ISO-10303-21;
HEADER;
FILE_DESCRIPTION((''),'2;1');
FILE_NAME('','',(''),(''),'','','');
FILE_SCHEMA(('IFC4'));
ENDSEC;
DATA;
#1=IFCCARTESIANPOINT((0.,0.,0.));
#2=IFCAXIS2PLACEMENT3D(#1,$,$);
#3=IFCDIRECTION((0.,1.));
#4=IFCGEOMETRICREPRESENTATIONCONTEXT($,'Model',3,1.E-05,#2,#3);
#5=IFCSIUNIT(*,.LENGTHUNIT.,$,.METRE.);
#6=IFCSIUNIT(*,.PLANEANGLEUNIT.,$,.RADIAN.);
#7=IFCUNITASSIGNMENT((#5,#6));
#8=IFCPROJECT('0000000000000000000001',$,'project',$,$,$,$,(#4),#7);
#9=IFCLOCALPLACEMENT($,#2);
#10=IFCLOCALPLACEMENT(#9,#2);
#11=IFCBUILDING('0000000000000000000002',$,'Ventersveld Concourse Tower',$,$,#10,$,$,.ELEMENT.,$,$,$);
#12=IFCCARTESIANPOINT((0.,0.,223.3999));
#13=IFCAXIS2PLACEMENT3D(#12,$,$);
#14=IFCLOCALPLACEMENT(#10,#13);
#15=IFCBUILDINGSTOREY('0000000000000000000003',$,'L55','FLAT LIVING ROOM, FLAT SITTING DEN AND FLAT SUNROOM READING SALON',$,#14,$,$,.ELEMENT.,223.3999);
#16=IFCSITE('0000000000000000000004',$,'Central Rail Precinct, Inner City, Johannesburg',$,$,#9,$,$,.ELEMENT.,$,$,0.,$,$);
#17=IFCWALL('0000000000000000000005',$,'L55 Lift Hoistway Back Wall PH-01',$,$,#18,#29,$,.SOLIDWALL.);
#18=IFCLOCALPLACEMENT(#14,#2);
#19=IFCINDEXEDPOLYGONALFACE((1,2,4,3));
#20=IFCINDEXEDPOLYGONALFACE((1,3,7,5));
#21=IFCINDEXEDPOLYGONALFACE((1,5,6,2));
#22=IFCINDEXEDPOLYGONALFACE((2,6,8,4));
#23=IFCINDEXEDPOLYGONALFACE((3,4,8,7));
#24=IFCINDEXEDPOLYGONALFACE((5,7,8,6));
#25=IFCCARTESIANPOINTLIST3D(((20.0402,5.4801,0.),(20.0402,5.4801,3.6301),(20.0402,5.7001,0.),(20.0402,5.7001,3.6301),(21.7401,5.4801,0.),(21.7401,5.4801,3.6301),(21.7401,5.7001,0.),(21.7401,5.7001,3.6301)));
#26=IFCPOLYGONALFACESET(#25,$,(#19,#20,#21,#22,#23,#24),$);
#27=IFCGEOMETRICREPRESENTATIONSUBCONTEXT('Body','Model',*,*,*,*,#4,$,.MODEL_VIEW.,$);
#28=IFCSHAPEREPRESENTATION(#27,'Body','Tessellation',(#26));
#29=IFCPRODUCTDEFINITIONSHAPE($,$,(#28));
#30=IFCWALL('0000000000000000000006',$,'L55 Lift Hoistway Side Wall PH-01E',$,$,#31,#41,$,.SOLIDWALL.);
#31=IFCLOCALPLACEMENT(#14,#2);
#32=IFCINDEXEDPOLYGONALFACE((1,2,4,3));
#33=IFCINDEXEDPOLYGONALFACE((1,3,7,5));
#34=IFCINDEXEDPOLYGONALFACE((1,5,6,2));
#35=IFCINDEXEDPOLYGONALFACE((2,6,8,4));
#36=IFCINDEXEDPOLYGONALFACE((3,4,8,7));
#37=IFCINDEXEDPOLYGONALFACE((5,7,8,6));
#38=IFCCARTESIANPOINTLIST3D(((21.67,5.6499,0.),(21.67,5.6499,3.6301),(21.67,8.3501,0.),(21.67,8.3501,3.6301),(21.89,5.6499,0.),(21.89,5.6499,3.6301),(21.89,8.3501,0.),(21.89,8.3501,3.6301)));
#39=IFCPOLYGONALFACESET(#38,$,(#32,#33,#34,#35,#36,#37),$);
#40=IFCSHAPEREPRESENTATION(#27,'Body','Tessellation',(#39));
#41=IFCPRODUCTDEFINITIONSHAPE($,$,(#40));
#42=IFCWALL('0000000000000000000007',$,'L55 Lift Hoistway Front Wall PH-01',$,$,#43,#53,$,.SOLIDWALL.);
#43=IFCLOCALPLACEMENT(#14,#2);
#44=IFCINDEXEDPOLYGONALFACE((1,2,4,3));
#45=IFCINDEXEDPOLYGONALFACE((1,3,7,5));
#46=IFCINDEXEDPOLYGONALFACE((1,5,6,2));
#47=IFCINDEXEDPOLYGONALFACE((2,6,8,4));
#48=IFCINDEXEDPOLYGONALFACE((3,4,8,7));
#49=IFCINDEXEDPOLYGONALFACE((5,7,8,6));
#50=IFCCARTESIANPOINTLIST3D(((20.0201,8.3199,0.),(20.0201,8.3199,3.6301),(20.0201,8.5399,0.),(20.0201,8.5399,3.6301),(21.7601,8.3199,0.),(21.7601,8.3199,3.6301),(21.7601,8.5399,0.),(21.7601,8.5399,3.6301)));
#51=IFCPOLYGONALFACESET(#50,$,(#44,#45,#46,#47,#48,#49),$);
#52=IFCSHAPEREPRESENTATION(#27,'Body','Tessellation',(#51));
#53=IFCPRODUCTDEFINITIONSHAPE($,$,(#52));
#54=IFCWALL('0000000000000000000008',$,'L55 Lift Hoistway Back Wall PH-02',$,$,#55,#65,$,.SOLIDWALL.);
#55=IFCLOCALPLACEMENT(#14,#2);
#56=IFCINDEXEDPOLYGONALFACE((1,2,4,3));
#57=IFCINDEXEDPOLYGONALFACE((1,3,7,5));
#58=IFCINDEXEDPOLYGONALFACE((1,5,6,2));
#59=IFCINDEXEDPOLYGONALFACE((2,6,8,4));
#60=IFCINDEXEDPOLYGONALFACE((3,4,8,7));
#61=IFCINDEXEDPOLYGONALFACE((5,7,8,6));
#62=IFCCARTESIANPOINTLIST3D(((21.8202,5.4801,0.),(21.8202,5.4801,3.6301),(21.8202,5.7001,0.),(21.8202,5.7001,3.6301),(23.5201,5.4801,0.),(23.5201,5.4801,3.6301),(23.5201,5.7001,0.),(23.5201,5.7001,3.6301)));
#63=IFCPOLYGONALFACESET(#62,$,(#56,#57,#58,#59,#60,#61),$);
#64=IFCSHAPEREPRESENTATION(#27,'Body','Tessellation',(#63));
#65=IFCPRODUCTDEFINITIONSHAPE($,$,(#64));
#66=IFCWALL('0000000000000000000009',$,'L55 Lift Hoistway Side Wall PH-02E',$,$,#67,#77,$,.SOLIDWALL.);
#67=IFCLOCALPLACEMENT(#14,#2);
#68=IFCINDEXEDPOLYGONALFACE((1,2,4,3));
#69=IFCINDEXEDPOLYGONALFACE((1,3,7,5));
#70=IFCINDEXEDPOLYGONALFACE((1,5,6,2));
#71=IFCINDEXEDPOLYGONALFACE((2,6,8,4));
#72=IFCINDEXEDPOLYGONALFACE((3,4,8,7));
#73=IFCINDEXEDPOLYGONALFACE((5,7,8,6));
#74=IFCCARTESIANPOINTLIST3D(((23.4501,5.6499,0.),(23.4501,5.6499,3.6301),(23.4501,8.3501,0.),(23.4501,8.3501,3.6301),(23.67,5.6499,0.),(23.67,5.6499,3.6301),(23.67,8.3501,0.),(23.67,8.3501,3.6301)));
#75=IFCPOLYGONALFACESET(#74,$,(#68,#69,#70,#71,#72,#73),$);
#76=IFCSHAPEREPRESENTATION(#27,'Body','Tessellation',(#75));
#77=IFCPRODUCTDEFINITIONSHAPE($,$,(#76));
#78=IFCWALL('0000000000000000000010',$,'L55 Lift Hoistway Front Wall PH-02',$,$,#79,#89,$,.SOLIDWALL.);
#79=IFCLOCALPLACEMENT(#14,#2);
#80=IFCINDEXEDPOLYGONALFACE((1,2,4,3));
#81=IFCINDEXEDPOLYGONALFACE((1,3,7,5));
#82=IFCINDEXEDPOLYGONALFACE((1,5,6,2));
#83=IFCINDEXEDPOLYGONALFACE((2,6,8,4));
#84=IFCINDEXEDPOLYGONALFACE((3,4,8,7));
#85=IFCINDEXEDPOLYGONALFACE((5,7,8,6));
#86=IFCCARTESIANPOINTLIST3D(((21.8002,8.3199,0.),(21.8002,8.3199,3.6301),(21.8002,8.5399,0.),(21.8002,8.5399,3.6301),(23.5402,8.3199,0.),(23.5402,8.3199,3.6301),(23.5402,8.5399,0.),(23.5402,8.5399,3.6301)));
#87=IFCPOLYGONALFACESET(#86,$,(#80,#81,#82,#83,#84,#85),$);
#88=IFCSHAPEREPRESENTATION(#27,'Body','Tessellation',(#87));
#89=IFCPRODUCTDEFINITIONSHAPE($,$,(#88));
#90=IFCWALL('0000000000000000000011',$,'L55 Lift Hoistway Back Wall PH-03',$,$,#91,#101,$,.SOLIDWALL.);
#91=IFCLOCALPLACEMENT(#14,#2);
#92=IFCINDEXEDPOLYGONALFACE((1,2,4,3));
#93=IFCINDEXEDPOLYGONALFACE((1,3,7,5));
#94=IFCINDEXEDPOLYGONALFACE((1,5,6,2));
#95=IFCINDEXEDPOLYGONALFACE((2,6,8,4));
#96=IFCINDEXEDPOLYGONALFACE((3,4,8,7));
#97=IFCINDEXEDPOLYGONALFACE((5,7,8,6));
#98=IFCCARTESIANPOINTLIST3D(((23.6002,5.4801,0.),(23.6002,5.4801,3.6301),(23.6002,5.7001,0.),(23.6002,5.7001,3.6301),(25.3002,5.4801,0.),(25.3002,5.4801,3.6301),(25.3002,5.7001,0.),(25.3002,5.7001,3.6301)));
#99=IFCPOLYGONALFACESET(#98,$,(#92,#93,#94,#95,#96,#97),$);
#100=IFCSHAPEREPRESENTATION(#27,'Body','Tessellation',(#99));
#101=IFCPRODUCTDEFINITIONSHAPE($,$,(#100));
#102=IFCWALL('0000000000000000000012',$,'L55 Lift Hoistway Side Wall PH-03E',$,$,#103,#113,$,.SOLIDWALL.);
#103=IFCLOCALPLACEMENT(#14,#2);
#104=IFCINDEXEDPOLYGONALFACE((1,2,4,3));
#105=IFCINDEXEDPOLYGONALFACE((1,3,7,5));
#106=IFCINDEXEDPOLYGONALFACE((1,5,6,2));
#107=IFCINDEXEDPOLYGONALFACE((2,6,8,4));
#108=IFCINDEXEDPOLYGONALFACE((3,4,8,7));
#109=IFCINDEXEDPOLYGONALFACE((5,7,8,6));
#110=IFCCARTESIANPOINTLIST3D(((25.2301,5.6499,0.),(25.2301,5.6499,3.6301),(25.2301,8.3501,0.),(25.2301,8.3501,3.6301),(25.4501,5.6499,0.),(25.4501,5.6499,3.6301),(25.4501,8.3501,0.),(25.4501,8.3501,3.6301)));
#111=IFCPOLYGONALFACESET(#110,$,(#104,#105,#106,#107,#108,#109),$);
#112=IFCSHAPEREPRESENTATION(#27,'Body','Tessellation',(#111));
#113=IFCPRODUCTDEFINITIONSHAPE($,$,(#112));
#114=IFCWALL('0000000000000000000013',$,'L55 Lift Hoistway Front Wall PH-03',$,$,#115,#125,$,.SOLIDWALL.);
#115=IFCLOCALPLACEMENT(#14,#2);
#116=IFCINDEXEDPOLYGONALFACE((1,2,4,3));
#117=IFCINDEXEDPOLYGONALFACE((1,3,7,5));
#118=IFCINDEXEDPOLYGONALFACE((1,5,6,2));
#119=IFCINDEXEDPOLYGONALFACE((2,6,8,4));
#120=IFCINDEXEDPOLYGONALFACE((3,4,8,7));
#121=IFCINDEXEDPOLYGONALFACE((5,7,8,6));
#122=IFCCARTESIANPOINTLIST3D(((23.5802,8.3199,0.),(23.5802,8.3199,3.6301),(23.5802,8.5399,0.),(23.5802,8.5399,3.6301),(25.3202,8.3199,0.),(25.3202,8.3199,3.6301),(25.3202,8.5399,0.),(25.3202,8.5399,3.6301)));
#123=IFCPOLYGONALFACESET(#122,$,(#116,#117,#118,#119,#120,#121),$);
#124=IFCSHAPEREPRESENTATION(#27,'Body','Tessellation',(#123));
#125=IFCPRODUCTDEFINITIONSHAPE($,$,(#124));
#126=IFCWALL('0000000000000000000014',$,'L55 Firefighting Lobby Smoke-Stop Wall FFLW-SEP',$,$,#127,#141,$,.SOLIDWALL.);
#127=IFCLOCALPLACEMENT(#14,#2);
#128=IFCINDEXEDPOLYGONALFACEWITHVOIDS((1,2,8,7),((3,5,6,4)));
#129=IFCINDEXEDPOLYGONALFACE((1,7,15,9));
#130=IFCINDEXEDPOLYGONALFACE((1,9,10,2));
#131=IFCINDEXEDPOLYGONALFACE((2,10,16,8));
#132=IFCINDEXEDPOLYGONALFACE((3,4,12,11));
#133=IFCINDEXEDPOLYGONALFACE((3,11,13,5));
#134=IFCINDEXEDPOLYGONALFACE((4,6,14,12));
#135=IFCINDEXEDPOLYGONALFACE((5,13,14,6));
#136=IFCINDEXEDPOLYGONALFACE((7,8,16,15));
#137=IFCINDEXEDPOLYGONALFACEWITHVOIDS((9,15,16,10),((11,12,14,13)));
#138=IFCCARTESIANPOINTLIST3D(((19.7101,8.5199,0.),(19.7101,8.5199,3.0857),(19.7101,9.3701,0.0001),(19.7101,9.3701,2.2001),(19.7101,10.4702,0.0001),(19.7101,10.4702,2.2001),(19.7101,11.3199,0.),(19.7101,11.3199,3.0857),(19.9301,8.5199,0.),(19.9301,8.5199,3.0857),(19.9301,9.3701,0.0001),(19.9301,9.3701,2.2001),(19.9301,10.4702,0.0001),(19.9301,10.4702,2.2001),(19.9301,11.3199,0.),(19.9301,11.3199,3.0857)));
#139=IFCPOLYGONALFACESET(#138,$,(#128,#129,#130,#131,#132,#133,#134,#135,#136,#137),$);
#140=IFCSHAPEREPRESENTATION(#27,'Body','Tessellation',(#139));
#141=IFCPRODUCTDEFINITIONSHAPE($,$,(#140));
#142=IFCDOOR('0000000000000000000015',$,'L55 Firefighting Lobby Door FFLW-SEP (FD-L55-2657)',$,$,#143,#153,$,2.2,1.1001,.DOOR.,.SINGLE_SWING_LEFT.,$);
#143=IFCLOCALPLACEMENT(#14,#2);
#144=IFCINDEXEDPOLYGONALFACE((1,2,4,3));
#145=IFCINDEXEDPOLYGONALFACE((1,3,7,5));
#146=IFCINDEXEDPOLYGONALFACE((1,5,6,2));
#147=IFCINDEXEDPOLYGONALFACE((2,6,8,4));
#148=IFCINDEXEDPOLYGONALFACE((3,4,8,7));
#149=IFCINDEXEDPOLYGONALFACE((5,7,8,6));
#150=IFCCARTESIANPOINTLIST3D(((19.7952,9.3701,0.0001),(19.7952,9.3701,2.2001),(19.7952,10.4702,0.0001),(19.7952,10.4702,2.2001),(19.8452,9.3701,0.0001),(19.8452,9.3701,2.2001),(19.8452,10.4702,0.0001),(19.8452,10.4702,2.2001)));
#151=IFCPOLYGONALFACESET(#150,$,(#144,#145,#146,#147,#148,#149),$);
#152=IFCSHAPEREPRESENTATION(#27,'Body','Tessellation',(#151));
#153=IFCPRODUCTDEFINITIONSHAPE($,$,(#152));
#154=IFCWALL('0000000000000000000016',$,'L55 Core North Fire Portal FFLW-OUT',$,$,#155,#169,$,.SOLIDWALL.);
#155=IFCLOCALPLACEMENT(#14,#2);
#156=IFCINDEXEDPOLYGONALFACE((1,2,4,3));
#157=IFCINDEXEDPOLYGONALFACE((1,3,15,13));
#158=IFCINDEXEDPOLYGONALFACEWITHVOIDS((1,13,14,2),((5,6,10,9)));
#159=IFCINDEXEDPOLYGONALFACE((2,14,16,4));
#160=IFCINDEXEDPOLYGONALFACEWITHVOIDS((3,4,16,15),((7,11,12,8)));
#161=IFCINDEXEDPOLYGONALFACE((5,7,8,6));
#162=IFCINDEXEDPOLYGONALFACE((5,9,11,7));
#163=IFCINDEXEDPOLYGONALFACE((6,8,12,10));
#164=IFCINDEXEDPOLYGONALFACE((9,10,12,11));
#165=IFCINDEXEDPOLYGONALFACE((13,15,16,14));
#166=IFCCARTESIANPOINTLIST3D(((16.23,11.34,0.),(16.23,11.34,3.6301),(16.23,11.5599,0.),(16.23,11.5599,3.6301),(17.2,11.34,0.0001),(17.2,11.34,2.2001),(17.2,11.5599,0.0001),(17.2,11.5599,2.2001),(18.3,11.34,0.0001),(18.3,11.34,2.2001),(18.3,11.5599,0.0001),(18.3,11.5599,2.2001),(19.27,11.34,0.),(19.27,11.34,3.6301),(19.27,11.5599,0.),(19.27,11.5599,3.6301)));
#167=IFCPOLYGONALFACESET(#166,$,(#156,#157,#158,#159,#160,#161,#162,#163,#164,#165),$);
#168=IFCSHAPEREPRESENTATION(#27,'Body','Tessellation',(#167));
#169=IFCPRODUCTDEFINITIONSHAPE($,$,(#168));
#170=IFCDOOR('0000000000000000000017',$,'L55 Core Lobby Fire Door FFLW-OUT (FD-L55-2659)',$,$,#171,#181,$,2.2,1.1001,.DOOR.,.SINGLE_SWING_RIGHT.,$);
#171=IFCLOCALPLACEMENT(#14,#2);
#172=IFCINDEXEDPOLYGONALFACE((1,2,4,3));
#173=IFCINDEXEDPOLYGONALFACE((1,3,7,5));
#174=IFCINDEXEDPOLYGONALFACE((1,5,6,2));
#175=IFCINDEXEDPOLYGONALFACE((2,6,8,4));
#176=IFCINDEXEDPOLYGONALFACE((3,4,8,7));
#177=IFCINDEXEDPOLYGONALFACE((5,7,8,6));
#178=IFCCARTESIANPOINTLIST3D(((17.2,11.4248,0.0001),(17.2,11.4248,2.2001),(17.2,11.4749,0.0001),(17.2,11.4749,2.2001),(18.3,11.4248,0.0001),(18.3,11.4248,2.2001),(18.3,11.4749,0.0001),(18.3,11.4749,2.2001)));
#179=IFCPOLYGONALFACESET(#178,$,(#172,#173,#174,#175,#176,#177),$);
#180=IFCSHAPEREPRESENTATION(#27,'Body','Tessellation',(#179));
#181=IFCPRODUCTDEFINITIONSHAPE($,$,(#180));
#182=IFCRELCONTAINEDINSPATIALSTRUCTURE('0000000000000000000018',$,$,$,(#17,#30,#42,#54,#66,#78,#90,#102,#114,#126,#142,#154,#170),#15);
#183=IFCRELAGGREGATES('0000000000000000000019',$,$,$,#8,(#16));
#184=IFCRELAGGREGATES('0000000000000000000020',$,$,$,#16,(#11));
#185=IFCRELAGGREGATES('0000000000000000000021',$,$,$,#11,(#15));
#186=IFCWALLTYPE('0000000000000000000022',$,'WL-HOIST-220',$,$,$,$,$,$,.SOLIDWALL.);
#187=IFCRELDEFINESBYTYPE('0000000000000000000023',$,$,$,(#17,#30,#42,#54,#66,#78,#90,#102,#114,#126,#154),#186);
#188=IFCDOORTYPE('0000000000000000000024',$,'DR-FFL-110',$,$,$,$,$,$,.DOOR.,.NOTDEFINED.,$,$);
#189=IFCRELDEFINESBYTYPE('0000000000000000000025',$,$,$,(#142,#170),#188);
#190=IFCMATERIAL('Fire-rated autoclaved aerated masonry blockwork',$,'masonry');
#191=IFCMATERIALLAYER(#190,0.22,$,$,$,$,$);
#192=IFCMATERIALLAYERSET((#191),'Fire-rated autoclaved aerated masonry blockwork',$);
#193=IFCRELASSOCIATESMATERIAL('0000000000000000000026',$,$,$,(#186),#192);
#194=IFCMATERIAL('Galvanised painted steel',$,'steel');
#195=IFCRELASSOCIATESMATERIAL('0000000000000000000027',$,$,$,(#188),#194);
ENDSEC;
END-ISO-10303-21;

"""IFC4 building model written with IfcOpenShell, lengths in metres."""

from ifc_helpers import new_model, si_unit, direction, frame, frame_2d, origin, place, context, subcontext, project, spatial, rectangle, extrude, material, layer, layer_set, type_object, element, fill, save


model = new_model("IFC4")

# Units and contexts
model_context = context("Model", 3, precision=1e-05, world=origin(), true_north=direction((0.0, 1.0)))
body_context = subcontext(model_context, "Body", "Model", "MODEL_VIEW")
ifc_project = project(units=[si_unit("LENGTHUNIT", "METRE"), si_unit("PLANEANGLEUNIT", "RADIAN")], contexts=[model_context])

# Site, building, storey
site_placement = place(None, origin())
site = spatial("IfcSite", under=ifc_project, at=site_placement, Name="Central Rail Precinct, Inner City, Johannesburg", CompositionType="ELEMENT", RefElevation=0.0)
building_placement = place(site_placement, origin())
building = spatial("IfcBuilding", under=site, at=building_placement, Name="Ventersveld Concourse Tower", CompositionType="ELEMENT")
storey_placement = place(building_placement, frame((0.0, 0.0, 223.3999)))
storey = spatial("IfcBuildingStorey", under=building, at=storey_placement, Name="L55", Description="FLAT LIVING ROOM, FLAT SITTING DEN AND FLAT SUNROOM READING SALON", CompositionType="ELEMENT", Elevation=223.3999)

# Shared definitions
ifc_material_1 = material(Name="Fire-rated autoclaved aerated masonry blockwork", Category="masonry")
ifc_material_2 = material(Name="Galvanised painted steel", Category="steel")

# Shared definitions
ifc_layer_1 = layer(ifc_material_1, 0.22)
ifc_layer_set_1 = layer_set([ifc_layer_1], Name="Fire-rated autoclaved aerated masonry blockwork")
wall_type_1 = type_object("IfcWallType", Name="WL-HOIST-220", PredefinedType="SOLIDWALL", material=ifc_layer_set_1)

# Walls
wall_1_placement = place(storey_placement, frame((20.04, 5.5901, 0.0), z_axis=(0.0, 0.0, 1.0), x_axis=(1.0, 0.0, 0.0)))
element("IfcWall", 1, at=wall_1_placement, inside=storey, type_object=wall_type_1, Name="L55 Lift Hoistway Back Wall PH-01", PredefinedType="SOLIDWALL", context=body_context, shape_type="SweptSolid", body=[
    extrude(rectangle(XDim=1.7, YDim=0.22, at=frame_2d((0.8501, 0.0))), origin(), (0.0, 0.0, 1.0), 3.6301),
])
wall_2_placement = place(storey_placement, frame((21.78, 5.6499, 0.0), z_axis=(0.0, 0.0, 1.0), x_axis=(0.0, 1.0, 0.0)))
element("IfcWall", 2, at=wall_2_placement, inside=storey, type_object=wall_type_1, Name="L55 Lift Hoistway Side Wall PH-01E", PredefinedType="SOLIDWALL", context=body_context, shape_type="SweptSolid", body=[
    extrude(rectangle(XDim=2.7002, YDim=0.22, at=frame_2d((1.3501, 0.0))), origin(), (0.0, 0.0, 1.0), 3.6301),
])
wall_3_placement = place(storey_placement, frame((20.02, 8.4299, 0.0), z_axis=(0.0, 0.0, 1.0), x_axis=(1.0, 0.0, 0.0)))
element("IfcWall", 3, at=wall_3_placement, inside=storey, type_object=wall_type_1, Name="L55 Lift Hoistway Front Wall PH-01", PredefinedType="SOLIDWALL", context=body_context, shape_type="SweptSolid", body=[
    extrude(rectangle(XDim=1.74, YDim=0.22, at=frame_2d((0.8701, 0.0))), origin(), (0.0, 0.0, 1.0), 3.6301),
])
wall_4_placement = place(storey_placement, frame((21.8201, 5.5901, 0.0), z_axis=(0.0, 0.0, 1.0), x_axis=(1.0, 0.0, 0.0)))
element("IfcWall", 4, at=wall_4_placement, inside=storey, type_object=wall_type_1, Name="L55 Lift Hoistway Back Wall PH-02", PredefinedType="SOLIDWALL", context=body_context, shape_type="SweptSolid", body=[
    extrude(rectangle(XDim=1.7, YDim=0.22, at=frame_2d((0.8501, 0.0))), origin(), (0.0, 0.0, 1.0), 3.6301),
])
wall_5_placement = place(storey_placement, frame((23.5601, 5.6499, 0.0), z_axis=(0.0, 0.0, 1.0), x_axis=(0.0, 1.0, 0.0)))
element("IfcWall", 5, at=wall_5_placement, inside=storey, type_object=wall_type_1, Name="L55 Lift Hoistway Side Wall PH-02E", PredefinedType="SOLIDWALL", context=body_context, shape_type="SweptSolid", body=[
    extrude(rectangle(XDim=2.7002, YDim=0.22, at=frame_2d((1.3501, 0.0))), origin(), (0.0, 0.0, 1.0), 3.6301),
])
wall_6_placement = place(storey_placement, frame((21.8, 8.4299, 0.0), z_axis=(0.0, 0.0, 1.0), x_axis=(1.0, 0.0, 0.0)))
element("IfcWall", 6, at=wall_6_placement, inside=storey, type_object=wall_type_1, Name="L55 Lift Hoistway Front Wall PH-02", PredefinedType="SOLIDWALL", context=body_context, shape_type="SweptSolid", body=[
    extrude(rectangle(XDim=1.74, YDim=0.22, at=frame_2d((0.8701, 0.0))), origin(), (0.0, 0.0, 1.0), 3.6301),
])
wall_7_placement = place(storey_placement, frame((23.6001, 5.5901, 0.0), z_axis=(0.0, 0.0, 1.0), x_axis=(1.0, 0.0, 0.0)))
element("IfcWall", 7, at=wall_7_placement, inside=storey, type_object=wall_type_1, Name="L55 Lift Hoistway Back Wall PH-03", PredefinedType="SOLIDWALL", context=body_context, shape_type="SweptSolid", body=[
    extrude(rectangle(XDim=1.7, YDim=0.22, at=frame_2d((0.8501, 0.0))), origin(), (0.0, 0.0, 1.0), 3.6301),
])
wall_8_placement = place(storey_placement, frame((25.3401, 5.6499, 0.0), z_axis=(0.0, 0.0, 1.0), x_axis=(0.0, 1.0, 0.0)))
element("IfcWall", 8, at=wall_8_placement, inside=storey, type_object=wall_type_1, Name="L55 Lift Hoistway Side Wall PH-03E", PredefinedType="SOLIDWALL", context=body_context, shape_type="SweptSolid", body=[
    extrude(rectangle(XDim=2.7002, YDim=0.22, at=frame_2d((1.3501, 0.0))), origin(), (0.0, 0.0, 1.0), 3.6301),
])
wall_9_placement = place(storey_placement, frame((23.5801, 8.4299, 0.0), z_axis=(0.0, 0.0, 1.0), x_axis=(1.0, 0.0, 0.0)))
element("IfcWall", 9, at=wall_9_placement, inside=storey, type_object=wall_type_1, Name="L55 Lift Hoistway Front Wall PH-03", PredefinedType="SOLIDWALL", context=body_context, shape_type="SweptSolid", body=[
    extrude(rectangle(XDim=1.74, YDim=0.22, at=frame_2d((0.8701, 0.0))), origin(), (0.0, 0.0, 1.0), 3.6301),
])

# Walls, openings, doors
wall_10_placement = place(storey_placement, frame((19.8201, 8.52, 0.0), z_axis=(0.0, 0.0, 1.0), x_axis=(0.0, 1.0, 0.0)))
wall_10 = element("IfcWall", 10, at=wall_10_placement, inside=storey, type_object=wall_type_1, Name="L55 Firefighting Lobby Smoke-Stop Wall FFLW-SEP", PredefinedType="SOLIDWALL", context=body_context, shape_type="SweptSolid", body=[
    extrude(rectangle(XDim=2.8, YDim=0.22, at=frame_2d((1.3999, 0.0))), origin(), (0.0, 0.0, 1.0), 3.0857),
])
opening_1_placement = place(wall_10_placement, frame((0.8501, 0.0, 0.0)))
opening_1 = element("IfcOpeningElement", 11, at=opening_1_placement, cuts=wall_10, PredefinedType="OPENING", context=body_context, shape_type="SweptSolid", body=[
    extrude(rectangle(XDim=1.1001, YDim=2.2, at=frame_2d((0.55, 1.1001))), frame((0.0, 0.1201, 0.0), z_axis=(0.0, -1.0, 0.0), x_axis=(1.0, 0.0, 0.0)), (0.0, 0.0, 1.0), 0.24),
])
door_type_1 = type_object("IfcDoorType", Name="DR-FFL-110", OperationType="NOTDEFINED", PredefinedType="DOOR", material=ifc_material_2)
door_1_placement = place(opening_1_placement, origin())
door_1 = element("IfcDoor", 12, at=door_1_placement, inside=storey, type_object=door_type_1, Name="L55 Firefighting Lobby Door FFLW-SEP (FD-L55-2657)", OperationType="SINGLE_SWING_LEFT", OverallHeight=2.2, OverallWidth=1.1001, PredefinedType="DOOR", context=body_context, shape_type="SweptSolid", body=[
    extrude(rectangle(XDim=1.1001, YDim=2.2, at=frame_2d((0.55, 1.1001))), frame((0.0, 0.0249, 0.0), z_axis=(0.0, -1.0, 0.0), x_axis=(1.0, 0.0, 0.0)), (0.0, 0.0, 1.0), 0.05),
])
fill(opening_1, door_1)
wall_11_placement = place(storey_placement, frame((16.23, 11.45, 0.0), z_axis=(0.0, 0.0, 1.0), x_axis=(1.0, 0.0, 0.0)))
wall_11 = element("IfcWall", 13, at=wall_11_placement, inside=storey, type_object=wall_type_1, Name="L55 Core North Fire Portal FFLW-OUT", PredefinedType="SOLIDWALL", context=body_context, shape_type="SweptSolid", body=[
    extrude(rectangle(XDim=3.04, YDim=0.22, at=frame_2d((1.52, 0.0))), origin(), (0.0, 0.0, 1.0), 3.6301),
])
opening_2_placement = place(wall_11_placement, frame((0.97, 0.0, 0.0)))
opening_2 = element("IfcOpeningElement", 14, at=opening_2_placement, cuts=wall_11, PredefinedType="OPENING", context=body_context, shape_type="SweptSolid", body=[
    extrude(rectangle(XDim=1.1001, YDim=2.2, at=frame_2d((0.55, 1.1001))), frame((0.0, 0.1201, 0.0), z_axis=(0.0, -1.0, 0.0), x_axis=(1.0, 0.0, 0.0)), (0.0, 0.0, 1.0), 0.24),
])
door_2_placement = place(opening_2_placement, origin())
door_2 = element("IfcDoor", 15, at=door_2_placement, inside=storey, type_object=door_type_1, Name="L55 Core Lobby Fire Door FFLW-OUT (FD-L55-2659)", OperationType="SINGLE_SWING_RIGHT", OverallHeight=2.2, OverallWidth=1.1001, PredefinedType="DOOR", context=body_context, shape_type="SweptSolid", body=[
    extrude(rectangle(XDim=1.1001, YDim=2.2, at=frame_2d((0.55, 1.1001))), frame((0.0, 0.0249, 0.0), z_axis=(0.0, -1.0, 0.0), x_axis=(1.0, 0.0, 0.0)), (0.0, 0.0, 1.0), 0.05),
])
fill(opening_2, door_2)

save(model, "model.ifc")
